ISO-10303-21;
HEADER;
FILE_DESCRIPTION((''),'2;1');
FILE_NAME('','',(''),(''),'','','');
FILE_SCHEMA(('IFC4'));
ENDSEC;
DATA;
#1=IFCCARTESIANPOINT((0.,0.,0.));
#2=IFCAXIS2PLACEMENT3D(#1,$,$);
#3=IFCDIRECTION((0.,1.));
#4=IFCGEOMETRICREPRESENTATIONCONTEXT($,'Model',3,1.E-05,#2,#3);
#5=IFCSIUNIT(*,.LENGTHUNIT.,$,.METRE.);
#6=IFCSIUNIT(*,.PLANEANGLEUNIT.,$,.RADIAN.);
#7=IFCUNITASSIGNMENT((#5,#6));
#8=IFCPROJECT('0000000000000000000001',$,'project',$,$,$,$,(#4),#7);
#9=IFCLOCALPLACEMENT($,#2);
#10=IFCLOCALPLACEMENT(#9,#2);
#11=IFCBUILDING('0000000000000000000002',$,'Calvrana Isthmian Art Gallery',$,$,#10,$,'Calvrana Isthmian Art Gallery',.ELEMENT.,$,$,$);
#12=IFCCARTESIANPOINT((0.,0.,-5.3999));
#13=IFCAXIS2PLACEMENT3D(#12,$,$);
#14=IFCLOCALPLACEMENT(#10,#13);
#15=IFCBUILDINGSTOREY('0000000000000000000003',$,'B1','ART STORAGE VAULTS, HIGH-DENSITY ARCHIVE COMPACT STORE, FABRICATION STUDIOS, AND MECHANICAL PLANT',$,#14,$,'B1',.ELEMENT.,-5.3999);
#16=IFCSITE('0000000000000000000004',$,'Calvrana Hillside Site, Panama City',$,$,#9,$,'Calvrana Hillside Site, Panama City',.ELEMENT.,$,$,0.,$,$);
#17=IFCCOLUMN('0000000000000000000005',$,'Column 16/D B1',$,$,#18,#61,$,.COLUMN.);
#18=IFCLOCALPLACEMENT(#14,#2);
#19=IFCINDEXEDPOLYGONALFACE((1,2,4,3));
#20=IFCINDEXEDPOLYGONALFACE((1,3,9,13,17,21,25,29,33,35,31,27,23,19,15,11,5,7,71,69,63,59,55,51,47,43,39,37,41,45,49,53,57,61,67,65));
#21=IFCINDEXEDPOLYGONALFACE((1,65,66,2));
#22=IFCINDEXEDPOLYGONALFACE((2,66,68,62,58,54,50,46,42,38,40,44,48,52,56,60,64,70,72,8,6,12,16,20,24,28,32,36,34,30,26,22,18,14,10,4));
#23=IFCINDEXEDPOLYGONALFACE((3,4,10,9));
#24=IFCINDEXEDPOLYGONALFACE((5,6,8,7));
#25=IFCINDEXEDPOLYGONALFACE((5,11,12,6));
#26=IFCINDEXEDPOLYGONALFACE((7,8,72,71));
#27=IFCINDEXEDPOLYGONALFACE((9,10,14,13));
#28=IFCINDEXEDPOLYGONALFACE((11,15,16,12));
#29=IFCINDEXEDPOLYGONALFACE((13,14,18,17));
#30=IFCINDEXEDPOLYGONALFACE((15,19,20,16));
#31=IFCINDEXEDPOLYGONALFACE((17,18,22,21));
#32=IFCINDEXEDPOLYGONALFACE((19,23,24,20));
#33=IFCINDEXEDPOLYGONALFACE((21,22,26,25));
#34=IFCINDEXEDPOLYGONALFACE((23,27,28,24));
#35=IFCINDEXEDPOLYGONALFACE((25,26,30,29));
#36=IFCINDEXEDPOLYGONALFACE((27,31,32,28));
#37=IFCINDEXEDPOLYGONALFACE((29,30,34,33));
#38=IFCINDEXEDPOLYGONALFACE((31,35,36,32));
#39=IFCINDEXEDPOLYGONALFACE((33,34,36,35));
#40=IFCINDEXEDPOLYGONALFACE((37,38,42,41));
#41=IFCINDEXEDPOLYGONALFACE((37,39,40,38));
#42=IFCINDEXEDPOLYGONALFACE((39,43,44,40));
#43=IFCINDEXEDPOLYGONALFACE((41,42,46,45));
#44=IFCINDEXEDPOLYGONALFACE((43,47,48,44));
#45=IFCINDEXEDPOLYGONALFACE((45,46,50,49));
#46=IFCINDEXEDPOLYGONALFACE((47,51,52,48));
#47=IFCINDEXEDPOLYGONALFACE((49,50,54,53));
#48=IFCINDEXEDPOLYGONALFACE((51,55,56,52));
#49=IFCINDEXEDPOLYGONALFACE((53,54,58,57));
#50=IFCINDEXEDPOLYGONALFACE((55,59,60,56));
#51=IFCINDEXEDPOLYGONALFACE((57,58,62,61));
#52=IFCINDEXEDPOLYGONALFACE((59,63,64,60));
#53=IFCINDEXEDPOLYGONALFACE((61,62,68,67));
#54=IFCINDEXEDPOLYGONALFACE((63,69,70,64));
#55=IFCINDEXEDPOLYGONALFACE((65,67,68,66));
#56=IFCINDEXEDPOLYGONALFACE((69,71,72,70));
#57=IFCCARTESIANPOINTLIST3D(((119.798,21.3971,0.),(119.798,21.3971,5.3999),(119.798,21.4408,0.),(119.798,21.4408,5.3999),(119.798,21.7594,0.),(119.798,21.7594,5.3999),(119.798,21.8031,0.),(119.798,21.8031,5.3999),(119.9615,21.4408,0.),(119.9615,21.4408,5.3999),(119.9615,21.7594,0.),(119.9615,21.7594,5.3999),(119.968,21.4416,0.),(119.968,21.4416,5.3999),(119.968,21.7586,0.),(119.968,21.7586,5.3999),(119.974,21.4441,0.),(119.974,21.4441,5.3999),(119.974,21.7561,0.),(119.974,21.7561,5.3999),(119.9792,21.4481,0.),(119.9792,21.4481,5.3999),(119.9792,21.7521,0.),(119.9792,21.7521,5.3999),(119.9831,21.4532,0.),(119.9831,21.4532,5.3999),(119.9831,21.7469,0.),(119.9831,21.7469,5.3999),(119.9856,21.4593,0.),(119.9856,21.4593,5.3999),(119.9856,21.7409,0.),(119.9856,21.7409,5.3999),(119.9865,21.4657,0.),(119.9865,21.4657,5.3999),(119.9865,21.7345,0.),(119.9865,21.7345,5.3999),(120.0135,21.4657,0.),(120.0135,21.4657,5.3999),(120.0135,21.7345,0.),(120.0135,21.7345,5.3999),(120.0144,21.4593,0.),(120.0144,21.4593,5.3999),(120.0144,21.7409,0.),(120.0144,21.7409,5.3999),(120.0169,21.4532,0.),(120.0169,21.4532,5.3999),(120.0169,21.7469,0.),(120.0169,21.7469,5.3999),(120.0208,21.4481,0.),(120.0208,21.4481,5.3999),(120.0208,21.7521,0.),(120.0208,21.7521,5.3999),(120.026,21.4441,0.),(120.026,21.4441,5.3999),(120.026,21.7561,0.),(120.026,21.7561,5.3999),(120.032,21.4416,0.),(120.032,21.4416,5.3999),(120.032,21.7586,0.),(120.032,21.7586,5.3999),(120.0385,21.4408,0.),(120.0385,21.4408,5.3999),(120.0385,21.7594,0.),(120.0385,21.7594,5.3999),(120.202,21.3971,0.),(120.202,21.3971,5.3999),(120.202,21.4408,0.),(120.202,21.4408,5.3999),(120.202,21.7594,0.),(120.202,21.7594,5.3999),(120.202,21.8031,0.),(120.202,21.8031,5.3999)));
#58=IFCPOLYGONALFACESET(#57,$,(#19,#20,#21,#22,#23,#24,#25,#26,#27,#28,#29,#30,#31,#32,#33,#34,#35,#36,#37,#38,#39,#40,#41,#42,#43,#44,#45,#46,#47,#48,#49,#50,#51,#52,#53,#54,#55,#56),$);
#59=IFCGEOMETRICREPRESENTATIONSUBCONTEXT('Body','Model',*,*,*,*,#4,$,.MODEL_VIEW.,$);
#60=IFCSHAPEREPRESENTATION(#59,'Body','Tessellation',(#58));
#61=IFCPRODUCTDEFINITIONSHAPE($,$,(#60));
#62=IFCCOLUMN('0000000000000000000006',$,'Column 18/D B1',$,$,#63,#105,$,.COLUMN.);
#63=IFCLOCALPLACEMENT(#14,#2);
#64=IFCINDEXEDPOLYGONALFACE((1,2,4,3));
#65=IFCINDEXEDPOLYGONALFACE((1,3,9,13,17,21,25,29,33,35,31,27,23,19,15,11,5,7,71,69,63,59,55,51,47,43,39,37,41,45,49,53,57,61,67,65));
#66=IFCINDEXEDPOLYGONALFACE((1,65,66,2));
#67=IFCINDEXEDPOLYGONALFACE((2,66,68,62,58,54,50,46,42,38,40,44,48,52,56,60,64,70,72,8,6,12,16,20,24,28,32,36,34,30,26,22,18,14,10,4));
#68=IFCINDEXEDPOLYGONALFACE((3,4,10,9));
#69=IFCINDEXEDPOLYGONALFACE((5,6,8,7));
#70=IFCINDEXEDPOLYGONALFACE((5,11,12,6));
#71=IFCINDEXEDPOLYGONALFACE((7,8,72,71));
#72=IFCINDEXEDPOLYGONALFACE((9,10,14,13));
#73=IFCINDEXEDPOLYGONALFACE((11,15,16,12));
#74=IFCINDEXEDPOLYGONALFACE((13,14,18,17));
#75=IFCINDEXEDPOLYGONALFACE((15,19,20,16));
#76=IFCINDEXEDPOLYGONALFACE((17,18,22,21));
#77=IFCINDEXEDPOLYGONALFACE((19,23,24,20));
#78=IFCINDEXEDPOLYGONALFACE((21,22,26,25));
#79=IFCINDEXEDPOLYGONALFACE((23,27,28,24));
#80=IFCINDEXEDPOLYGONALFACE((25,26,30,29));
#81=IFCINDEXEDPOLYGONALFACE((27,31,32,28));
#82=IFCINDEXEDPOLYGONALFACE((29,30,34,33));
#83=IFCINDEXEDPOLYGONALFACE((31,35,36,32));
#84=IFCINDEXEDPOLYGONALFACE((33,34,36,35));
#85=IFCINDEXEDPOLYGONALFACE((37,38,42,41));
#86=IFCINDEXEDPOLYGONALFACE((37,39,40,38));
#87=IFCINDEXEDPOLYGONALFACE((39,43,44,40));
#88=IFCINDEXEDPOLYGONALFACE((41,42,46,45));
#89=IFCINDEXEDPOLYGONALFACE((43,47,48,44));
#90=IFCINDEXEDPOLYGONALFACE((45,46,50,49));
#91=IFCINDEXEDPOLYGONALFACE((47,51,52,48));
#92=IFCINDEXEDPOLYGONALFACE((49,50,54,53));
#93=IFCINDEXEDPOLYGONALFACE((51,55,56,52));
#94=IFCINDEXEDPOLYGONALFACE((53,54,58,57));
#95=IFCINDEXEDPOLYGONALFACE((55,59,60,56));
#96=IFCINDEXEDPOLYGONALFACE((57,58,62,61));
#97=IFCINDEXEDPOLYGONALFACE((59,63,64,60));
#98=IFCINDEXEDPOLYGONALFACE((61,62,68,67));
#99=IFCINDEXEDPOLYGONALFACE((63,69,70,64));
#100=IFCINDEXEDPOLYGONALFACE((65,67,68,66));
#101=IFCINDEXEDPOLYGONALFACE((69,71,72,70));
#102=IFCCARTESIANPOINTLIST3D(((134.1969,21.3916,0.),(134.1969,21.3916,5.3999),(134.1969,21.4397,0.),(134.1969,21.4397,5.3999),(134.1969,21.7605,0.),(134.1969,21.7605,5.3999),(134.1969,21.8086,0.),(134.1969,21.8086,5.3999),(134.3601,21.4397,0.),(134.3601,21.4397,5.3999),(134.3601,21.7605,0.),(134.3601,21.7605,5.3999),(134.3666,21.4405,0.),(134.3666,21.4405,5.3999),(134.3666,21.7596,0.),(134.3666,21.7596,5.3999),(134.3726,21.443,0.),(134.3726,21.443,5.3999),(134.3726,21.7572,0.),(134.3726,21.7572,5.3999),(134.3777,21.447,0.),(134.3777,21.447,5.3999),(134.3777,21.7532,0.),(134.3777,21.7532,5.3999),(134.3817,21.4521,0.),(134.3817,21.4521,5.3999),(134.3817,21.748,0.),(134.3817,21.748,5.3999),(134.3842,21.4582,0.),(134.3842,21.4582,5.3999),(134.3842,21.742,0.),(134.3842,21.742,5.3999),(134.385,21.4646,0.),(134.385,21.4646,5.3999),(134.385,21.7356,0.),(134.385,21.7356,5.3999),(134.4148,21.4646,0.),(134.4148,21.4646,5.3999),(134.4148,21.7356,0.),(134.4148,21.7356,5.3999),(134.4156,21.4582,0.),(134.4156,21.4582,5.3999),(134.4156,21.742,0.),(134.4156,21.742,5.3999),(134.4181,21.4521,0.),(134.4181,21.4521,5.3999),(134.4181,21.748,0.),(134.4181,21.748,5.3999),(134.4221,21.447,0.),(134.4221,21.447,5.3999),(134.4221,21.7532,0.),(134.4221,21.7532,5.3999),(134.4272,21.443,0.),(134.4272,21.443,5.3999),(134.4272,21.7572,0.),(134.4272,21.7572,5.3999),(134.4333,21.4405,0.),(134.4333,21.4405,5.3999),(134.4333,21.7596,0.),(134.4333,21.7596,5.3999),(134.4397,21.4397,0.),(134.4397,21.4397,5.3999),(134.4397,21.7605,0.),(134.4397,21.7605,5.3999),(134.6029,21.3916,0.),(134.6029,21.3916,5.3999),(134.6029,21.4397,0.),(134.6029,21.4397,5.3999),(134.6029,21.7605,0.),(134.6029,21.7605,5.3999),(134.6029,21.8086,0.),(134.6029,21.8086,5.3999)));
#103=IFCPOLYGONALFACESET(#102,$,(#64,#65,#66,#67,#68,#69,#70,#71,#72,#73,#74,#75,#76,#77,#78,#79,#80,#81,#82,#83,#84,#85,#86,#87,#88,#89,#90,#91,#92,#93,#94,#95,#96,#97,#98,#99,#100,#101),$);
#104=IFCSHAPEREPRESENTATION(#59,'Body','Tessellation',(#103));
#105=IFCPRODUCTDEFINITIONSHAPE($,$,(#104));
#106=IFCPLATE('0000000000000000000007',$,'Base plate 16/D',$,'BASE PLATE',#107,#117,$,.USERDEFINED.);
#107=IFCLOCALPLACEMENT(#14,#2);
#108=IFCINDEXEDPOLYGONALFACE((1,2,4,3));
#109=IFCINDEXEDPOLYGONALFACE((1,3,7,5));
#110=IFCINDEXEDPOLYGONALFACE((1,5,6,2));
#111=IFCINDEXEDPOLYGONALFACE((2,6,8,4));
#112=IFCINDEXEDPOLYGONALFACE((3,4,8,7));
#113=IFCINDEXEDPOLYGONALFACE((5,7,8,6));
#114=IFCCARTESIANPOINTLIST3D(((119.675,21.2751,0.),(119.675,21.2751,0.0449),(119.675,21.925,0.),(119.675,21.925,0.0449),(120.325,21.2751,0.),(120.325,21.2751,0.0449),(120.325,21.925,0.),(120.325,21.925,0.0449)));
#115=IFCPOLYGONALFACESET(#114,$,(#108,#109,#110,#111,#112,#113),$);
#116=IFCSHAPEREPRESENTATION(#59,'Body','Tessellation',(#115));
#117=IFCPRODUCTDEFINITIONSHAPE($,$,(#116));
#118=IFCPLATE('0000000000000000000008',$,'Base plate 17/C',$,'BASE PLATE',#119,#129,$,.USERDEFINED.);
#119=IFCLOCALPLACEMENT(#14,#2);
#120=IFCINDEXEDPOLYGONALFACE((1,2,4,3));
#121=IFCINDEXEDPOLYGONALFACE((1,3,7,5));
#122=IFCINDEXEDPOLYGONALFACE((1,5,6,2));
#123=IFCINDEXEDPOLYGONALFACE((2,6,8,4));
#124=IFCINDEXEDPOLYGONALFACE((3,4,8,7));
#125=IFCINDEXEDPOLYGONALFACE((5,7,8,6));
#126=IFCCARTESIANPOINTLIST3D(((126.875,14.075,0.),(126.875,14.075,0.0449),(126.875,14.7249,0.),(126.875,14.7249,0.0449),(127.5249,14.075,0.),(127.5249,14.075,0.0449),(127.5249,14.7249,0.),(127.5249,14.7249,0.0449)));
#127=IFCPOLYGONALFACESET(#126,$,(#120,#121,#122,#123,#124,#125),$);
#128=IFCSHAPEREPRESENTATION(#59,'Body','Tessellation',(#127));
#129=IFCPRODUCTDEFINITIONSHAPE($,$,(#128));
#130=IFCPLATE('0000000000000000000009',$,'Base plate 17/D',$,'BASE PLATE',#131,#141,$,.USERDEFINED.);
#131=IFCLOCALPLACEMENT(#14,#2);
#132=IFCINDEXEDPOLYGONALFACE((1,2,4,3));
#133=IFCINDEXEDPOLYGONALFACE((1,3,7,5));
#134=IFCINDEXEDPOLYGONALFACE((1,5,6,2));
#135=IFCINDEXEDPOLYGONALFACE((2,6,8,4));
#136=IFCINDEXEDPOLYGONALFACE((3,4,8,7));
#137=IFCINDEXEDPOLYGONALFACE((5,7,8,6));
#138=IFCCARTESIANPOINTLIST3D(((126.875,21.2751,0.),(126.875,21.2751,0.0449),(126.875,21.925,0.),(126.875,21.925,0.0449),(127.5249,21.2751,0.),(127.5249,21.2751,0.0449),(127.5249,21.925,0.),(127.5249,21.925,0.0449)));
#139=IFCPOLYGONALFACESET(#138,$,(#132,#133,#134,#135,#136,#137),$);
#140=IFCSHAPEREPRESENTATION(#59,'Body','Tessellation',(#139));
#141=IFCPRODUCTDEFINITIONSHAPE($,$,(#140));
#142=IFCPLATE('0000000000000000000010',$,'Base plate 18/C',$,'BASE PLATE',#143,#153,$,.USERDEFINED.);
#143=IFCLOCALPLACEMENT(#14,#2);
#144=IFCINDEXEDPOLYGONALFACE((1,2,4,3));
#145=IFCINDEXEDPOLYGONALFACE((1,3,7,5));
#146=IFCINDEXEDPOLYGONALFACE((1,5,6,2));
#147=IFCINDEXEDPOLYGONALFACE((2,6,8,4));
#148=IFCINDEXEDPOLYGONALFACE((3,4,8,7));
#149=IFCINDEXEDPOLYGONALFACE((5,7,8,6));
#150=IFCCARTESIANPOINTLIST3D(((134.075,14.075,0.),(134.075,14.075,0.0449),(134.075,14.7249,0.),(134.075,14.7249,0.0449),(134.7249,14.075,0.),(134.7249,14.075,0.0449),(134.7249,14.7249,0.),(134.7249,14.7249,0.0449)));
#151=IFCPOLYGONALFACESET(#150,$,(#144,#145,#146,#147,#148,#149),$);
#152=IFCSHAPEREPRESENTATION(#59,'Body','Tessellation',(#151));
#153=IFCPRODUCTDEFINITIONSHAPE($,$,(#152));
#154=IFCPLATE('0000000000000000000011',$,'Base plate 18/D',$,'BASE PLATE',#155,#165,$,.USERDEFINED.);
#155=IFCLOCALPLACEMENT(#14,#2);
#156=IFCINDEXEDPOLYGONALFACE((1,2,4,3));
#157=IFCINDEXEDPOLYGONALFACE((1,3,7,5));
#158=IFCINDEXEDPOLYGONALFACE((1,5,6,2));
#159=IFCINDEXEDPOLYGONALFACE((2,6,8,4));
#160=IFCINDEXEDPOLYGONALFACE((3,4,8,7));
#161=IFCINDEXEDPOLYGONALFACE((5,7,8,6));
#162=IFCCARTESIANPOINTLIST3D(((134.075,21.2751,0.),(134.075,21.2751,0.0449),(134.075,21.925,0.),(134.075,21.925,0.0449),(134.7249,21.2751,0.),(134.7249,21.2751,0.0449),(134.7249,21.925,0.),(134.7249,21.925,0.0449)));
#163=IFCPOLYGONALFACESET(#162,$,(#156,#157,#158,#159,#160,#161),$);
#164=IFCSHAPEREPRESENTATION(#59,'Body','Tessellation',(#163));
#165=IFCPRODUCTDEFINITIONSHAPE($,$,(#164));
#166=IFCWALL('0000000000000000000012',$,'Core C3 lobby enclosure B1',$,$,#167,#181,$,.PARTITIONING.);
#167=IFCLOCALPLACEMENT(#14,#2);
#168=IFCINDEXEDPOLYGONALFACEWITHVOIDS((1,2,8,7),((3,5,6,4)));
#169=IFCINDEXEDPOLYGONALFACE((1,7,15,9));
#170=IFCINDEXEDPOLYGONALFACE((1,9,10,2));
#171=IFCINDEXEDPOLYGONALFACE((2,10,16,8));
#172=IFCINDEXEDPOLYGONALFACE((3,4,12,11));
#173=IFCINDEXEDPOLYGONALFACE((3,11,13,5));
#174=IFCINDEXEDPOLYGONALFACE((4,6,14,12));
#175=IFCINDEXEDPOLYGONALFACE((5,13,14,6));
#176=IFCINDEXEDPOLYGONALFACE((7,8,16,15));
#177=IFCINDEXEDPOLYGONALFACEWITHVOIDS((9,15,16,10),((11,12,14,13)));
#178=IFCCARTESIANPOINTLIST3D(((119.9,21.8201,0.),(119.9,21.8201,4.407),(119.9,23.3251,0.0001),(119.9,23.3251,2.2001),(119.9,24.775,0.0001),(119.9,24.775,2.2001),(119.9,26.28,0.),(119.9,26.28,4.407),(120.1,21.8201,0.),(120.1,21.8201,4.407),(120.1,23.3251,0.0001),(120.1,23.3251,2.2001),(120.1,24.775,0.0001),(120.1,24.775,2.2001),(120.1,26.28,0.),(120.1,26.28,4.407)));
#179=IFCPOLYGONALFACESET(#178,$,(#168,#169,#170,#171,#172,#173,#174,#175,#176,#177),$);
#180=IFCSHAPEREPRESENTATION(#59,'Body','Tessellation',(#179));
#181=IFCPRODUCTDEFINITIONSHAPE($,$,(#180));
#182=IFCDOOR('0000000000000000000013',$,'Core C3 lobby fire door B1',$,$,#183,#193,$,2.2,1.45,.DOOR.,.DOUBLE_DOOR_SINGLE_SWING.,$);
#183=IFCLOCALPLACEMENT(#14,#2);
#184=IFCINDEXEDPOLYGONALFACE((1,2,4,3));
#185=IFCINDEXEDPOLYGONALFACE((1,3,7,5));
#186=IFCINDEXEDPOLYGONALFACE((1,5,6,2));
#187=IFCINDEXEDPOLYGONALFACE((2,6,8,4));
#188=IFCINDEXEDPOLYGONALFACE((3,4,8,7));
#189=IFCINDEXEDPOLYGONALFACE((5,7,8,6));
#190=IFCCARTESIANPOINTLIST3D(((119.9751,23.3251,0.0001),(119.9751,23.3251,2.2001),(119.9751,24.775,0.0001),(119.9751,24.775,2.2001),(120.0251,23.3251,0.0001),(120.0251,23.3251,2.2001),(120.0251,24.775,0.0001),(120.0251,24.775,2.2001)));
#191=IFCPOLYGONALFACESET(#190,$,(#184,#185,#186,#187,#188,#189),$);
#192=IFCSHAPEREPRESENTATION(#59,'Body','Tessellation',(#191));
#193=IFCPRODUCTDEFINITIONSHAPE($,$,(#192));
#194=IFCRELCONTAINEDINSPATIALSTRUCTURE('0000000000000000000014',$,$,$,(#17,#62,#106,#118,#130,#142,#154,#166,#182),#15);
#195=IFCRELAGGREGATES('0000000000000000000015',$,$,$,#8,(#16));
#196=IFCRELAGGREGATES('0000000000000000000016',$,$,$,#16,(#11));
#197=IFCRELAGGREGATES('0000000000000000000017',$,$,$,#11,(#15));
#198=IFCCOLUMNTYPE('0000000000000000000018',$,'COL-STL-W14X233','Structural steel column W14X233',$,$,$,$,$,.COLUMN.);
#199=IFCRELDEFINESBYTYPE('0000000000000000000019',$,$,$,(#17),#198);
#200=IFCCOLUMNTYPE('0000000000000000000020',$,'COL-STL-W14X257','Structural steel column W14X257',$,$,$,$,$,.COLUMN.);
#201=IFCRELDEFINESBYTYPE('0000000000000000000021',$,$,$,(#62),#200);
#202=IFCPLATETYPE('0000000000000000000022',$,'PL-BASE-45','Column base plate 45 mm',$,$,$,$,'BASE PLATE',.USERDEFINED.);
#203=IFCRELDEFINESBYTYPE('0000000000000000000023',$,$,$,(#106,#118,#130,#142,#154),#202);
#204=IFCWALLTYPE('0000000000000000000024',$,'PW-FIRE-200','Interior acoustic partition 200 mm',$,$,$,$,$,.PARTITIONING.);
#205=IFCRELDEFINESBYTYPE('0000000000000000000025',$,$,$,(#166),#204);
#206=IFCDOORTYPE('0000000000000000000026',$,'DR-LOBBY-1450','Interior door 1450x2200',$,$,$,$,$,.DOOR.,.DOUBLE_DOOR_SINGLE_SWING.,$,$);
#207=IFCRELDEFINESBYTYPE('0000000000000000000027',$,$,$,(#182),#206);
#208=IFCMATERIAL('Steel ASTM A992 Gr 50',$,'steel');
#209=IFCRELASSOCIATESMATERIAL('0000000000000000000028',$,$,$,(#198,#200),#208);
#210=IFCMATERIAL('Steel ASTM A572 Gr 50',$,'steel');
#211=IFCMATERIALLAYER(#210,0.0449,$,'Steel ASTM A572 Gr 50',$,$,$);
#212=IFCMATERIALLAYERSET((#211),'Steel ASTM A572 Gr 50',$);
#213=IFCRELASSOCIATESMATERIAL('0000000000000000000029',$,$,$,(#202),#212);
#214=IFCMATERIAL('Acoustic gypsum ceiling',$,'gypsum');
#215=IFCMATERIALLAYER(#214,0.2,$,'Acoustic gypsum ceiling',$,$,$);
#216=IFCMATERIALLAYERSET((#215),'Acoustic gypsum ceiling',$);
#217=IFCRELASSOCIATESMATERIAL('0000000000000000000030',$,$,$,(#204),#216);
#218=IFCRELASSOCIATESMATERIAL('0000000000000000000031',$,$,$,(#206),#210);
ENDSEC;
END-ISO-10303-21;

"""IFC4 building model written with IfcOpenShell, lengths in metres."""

from ifc_helpers import new_model, si_unit, direction, frame, frame_2d, origin, origin_2d, place, context, subcontext, project, spatial, rectangle, i_section, extrude, material, layer, layer_set, material_profile, profile_set, type_object, element, fill, save


model = new_model("IFC4")

# Units and contexts
model_context = context("Model", 3, precision=1e-05, world=origin(), true_north=direction((0.0, 1.0)))
body_context = subcontext(model_context, "Body", "Model", "MODEL_VIEW")
ifc_project = project(units=[si_unit("LENGTHUNIT", "METRE"), si_unit("PLANEANGLEUNIT", "RADIAN")], contexts=[model_context])

# Site, building, storey
site_placement = place(None, origin())
site = spatial("IfcSite", under=ifc_project, at=site_placement, Name="Calvrana Hillside Site, Panama City", LongName="Calvrana Hillside Site, Panama City", CompositionType="ELEMENT", RefElevation=0.0)
building_placement = place(site_placement, origin())
building = spatial("IfcBuilding", under=site, at=building_placement, Name="Calvrana Isthmian Art Gallery", LongName="Calvrana Isthmian Art Gallery", CompositionType="ELEMENT")
storey_placement = place(building_placement, frame((0.0, 0.0, -5.3999)))
storey = spatial("IfcBuildingStorey", under=building, at=storey_placement, Name="B1", Description="ART STORAGE VAULTS, HIGH-DENSITY ARCHIVE COMPACT STORE, FABRICATION STUDIOS, AND MECHANICAL PLANT", LongName="B1", CompositionType="ELEMENT", Elevation=-5.3999)

# Columns
ifc_material_1 = material(Name="Steel ASTM A992 Gr 50", Category="steel")
ifc_material_profile_1 = material_profile(ifc_material_1, i_section(OverallWidth=0.4041, OverallDepth=0.406, WebThickness=0.0271, FlangeThickness=0.0437, FilletRadius=0.0249, at=origin_2d()), Name="W14X233")
ifc_profile_set_1 = profile_set([ifc_material_profile_1], Name="Steel ASTM A992 Gr 50")
column_type_1 = type_object("IfcColumnType", Name="COL-STL-W14X233", Description="Structural steel column W14X233", PredefinedType="COLUMN", material=ifc_profile_set_1)
column_1_placement = place(storey_placement, frame((120.0, 21.6001, 0.0), z_axis=(0.0, 0.0, 1.0), x_axis=(1.0, 0.0, 0.0)))
element("IfcColumn", 1, at=column_1_placement, inside=storey, type_object=column_type_1, Name="Column 16/D B1", PredefinedType="COLUMN", context=body_context, shape_type="SweptSolid", body=[
    extrude(i_section(OverallWidth=0.4041, OverallDepth=0.406, WebThickness=0.0271, FlangeThickness=0.0437, FilletRadius=0.0249, at=origin_2d()), origin(), (0.0, 0.0, 1.0), 5.3999),
])
ifc_material_profile_2 = material_profile(ifc_material_1, i_section(OverallWidth=0.406, OverallDepth=0.417, WebThickness=0.0298, FlangeThickness=0.0481, FilletRadius=0.0249, at=origin_2d()), Name="W14X257")
ifc_profile_set_2 = profile_set([ifc_material_profile_2], Name="Steel ASTM A992 Gr 50")
column_type_2 = type_object("IfcColumnType", Name="COL-STL-W14X257", Description="Structural steel column W14X257", PredefinedType="COLUMN", material=ifc_profile_set_2)
column_2_placement = place(storey_placement, frame((134.3999, 21.6001, 0.0), z_axis=(0.0, 0.0, 1.0), x_axis=(1.0, 0.0, 0.0)))
element("IfcColumn", 2, at=column_2_placement, inside=storey, type_object=column_type_2, Name="Column 18/D B1", PredefinedType="COLUMN", context=body_context, shape_type="SweptSolid", body=[
    extrude(i_section(OverallWidth=0.406, OverallDepth=0.417, WebThickness=0.0298, FlangeThickness=0.0481, FilletRadius=0.0249, at=origin_2d()), origin(), (0.0, 0.0, 1.0), 5.3999),
])

# Plates
ifc_material_2 = material(Name="Steel ASTM A572 Gr 50", Category="steel")
ifc_layer_1 = layer(ifc_material_2, 0.0449, Name="Steel ASTM A572 Gr 50")
ifc_layer_set_1 = layer_set([ifc_layer_1], Name="Steel ASTM A572 Gr 50")
plate_type = type_object("IfcPlateType", Name="PL-BASE-45", Description="Column base plate 45 mm", ElementType="BASE PLATE", PredefinedType="USERDEFINED", material=ifc_layer_set_1)
for number, where, z_axis, x_axis, name in (
    (3, (120.0, 21.6001, 0.0), (0.0, 0.0, 1.0), (1.0, 0.0, 0.0), "Base plate 16/D"),
    (4, (127.2, 14.3999, 0.0), (0.0, 0.0, 1.0), (1.0, 0.0, 0.0), "Base plate 17/C"),
    (5, (127.2, 21.6001, 0.0), (0.0, 0.0, 1.0), (1.0, 0.0, 0.0), "Base plate 17/D"),
    (6, (134.3999, 14.3999, 0.0), (0.0, 0.0, 1.0), (1.0, 0.0, 0.0), "Base plate 18/C"),
    (7, (134.3999, 21.6001, 0.0), (0.0, 0.0, 1.0), (1.0, 0.0, 0.0), "Base plate 18/D"),
):
    element("IfcPlate", number, at=place(storey_placement, frame(where, z_axis=z_axis, x_axis=x_axis)), inside=storey, type_object=plate_type, Name=name, ObjectType="BASE PLATE", PredefinedType="USERDEFINED", context=body_context, shape_type="SweptSolid", body=[
        extrude(rectangle(XDim=0.6499, YDim=0.6499, at=origin_2d()), origin(), (0.0, 0.0, 1.0), 0.0449),
    ])

# Wall, opening, door
ifc_material_3 = material(Name="Acoustic gypsum ceiling", Category="gypsum")
ifc_layer_2 = layer(ifc_material_3, 0.2, Name="Acoustic gypsum ceiling")
ifc_layer_set_2 = layer_set([ifc_layer_2], Name="Acoustic gypsum ceiling")
wall_type_1 = type_object("IfcWallType", Name="PW-FIRE-200", Description="Interior acoustic partition 200 mm", PredefinedType="PARTITIONING", material=ifc_layer_set_2)
wall_1_placement = place(storey_placement, frame((120.0, 21.8201, 0.0), z_axis=(0.0, 0.0, 1.0), x_axis=(0.0, 1.0, 0.0)))
wall_1 = element("IfcWall", 8, at=wall_1_placement, inside=storey, type_object=wall_type_1, Name="Core C3 lobby enclosure B1", PredefinedType="PARTITIONING", context=body_context, shape_type="SweptSolid", body=[
    extrude(rectangle(XDim=4.46, YDim=0.2, at=frame_2d((2.23, 0.0))), origin(), (0.0, 0.0, 1.0), 4.407),
])
opening_1_placement = place(wall_1_placement, frame((1.5049, 0.0, 0.0)))
opening_1 = element("IfcOpeningElement", 9, at=opening_1_placement, cuts=wall_1, PredefinedType="OPENING", context=body_context, shape_type="SweptSolid", body=[
    extrude(rectangle(XDim=1.45, YDim=2.2, at=frame_2d((0.7251, 1.1001))), frame((0.0, 0.1104, 0.0), z_axis=(0.0, -1.0, 0.0), x_axis=(1.0, 0.0, 0.0)), (0.0, 0.0, 1.0), 0.2205),
])
door_type_1 = type_object("IfcDoorType", Name="DR-LOBBY-1450", Description="Interior door 1450x2200", OperationType="DOUBLE_DOOR_SINGLE_SWING", PredefinedType="DOOR", material=ifc_material_2)
door_1_placement = place(opening_1_placement, origin())
door_1 = element("IfcDoor", 10, at=door_1_placement, inside=storey, type_object=door_type_1, Name="Core C3 lobby fire door B1", OperationType="DOUBLE_DOOR_SINGLE_SWING", OverallHeight=2.2, OverallWidth=1.45, PredefinedType="DOOR", context=body_context, shape_type="SweptSolid", body=[
    extrude(rectangle(XDim=1.45, YDim=2.2, at=frame_2d((0.7251, 1.1001))), frame((0.0, 0.0249, 0.0), z_axis=(0.0, -1.0, 0.0), x_axis=(1.0, 0.0, 0.0)), (0.0, 0.0, 1.0), 0.05),
])
fill(opening_1, door_1)

save(model, "model.ifc")
